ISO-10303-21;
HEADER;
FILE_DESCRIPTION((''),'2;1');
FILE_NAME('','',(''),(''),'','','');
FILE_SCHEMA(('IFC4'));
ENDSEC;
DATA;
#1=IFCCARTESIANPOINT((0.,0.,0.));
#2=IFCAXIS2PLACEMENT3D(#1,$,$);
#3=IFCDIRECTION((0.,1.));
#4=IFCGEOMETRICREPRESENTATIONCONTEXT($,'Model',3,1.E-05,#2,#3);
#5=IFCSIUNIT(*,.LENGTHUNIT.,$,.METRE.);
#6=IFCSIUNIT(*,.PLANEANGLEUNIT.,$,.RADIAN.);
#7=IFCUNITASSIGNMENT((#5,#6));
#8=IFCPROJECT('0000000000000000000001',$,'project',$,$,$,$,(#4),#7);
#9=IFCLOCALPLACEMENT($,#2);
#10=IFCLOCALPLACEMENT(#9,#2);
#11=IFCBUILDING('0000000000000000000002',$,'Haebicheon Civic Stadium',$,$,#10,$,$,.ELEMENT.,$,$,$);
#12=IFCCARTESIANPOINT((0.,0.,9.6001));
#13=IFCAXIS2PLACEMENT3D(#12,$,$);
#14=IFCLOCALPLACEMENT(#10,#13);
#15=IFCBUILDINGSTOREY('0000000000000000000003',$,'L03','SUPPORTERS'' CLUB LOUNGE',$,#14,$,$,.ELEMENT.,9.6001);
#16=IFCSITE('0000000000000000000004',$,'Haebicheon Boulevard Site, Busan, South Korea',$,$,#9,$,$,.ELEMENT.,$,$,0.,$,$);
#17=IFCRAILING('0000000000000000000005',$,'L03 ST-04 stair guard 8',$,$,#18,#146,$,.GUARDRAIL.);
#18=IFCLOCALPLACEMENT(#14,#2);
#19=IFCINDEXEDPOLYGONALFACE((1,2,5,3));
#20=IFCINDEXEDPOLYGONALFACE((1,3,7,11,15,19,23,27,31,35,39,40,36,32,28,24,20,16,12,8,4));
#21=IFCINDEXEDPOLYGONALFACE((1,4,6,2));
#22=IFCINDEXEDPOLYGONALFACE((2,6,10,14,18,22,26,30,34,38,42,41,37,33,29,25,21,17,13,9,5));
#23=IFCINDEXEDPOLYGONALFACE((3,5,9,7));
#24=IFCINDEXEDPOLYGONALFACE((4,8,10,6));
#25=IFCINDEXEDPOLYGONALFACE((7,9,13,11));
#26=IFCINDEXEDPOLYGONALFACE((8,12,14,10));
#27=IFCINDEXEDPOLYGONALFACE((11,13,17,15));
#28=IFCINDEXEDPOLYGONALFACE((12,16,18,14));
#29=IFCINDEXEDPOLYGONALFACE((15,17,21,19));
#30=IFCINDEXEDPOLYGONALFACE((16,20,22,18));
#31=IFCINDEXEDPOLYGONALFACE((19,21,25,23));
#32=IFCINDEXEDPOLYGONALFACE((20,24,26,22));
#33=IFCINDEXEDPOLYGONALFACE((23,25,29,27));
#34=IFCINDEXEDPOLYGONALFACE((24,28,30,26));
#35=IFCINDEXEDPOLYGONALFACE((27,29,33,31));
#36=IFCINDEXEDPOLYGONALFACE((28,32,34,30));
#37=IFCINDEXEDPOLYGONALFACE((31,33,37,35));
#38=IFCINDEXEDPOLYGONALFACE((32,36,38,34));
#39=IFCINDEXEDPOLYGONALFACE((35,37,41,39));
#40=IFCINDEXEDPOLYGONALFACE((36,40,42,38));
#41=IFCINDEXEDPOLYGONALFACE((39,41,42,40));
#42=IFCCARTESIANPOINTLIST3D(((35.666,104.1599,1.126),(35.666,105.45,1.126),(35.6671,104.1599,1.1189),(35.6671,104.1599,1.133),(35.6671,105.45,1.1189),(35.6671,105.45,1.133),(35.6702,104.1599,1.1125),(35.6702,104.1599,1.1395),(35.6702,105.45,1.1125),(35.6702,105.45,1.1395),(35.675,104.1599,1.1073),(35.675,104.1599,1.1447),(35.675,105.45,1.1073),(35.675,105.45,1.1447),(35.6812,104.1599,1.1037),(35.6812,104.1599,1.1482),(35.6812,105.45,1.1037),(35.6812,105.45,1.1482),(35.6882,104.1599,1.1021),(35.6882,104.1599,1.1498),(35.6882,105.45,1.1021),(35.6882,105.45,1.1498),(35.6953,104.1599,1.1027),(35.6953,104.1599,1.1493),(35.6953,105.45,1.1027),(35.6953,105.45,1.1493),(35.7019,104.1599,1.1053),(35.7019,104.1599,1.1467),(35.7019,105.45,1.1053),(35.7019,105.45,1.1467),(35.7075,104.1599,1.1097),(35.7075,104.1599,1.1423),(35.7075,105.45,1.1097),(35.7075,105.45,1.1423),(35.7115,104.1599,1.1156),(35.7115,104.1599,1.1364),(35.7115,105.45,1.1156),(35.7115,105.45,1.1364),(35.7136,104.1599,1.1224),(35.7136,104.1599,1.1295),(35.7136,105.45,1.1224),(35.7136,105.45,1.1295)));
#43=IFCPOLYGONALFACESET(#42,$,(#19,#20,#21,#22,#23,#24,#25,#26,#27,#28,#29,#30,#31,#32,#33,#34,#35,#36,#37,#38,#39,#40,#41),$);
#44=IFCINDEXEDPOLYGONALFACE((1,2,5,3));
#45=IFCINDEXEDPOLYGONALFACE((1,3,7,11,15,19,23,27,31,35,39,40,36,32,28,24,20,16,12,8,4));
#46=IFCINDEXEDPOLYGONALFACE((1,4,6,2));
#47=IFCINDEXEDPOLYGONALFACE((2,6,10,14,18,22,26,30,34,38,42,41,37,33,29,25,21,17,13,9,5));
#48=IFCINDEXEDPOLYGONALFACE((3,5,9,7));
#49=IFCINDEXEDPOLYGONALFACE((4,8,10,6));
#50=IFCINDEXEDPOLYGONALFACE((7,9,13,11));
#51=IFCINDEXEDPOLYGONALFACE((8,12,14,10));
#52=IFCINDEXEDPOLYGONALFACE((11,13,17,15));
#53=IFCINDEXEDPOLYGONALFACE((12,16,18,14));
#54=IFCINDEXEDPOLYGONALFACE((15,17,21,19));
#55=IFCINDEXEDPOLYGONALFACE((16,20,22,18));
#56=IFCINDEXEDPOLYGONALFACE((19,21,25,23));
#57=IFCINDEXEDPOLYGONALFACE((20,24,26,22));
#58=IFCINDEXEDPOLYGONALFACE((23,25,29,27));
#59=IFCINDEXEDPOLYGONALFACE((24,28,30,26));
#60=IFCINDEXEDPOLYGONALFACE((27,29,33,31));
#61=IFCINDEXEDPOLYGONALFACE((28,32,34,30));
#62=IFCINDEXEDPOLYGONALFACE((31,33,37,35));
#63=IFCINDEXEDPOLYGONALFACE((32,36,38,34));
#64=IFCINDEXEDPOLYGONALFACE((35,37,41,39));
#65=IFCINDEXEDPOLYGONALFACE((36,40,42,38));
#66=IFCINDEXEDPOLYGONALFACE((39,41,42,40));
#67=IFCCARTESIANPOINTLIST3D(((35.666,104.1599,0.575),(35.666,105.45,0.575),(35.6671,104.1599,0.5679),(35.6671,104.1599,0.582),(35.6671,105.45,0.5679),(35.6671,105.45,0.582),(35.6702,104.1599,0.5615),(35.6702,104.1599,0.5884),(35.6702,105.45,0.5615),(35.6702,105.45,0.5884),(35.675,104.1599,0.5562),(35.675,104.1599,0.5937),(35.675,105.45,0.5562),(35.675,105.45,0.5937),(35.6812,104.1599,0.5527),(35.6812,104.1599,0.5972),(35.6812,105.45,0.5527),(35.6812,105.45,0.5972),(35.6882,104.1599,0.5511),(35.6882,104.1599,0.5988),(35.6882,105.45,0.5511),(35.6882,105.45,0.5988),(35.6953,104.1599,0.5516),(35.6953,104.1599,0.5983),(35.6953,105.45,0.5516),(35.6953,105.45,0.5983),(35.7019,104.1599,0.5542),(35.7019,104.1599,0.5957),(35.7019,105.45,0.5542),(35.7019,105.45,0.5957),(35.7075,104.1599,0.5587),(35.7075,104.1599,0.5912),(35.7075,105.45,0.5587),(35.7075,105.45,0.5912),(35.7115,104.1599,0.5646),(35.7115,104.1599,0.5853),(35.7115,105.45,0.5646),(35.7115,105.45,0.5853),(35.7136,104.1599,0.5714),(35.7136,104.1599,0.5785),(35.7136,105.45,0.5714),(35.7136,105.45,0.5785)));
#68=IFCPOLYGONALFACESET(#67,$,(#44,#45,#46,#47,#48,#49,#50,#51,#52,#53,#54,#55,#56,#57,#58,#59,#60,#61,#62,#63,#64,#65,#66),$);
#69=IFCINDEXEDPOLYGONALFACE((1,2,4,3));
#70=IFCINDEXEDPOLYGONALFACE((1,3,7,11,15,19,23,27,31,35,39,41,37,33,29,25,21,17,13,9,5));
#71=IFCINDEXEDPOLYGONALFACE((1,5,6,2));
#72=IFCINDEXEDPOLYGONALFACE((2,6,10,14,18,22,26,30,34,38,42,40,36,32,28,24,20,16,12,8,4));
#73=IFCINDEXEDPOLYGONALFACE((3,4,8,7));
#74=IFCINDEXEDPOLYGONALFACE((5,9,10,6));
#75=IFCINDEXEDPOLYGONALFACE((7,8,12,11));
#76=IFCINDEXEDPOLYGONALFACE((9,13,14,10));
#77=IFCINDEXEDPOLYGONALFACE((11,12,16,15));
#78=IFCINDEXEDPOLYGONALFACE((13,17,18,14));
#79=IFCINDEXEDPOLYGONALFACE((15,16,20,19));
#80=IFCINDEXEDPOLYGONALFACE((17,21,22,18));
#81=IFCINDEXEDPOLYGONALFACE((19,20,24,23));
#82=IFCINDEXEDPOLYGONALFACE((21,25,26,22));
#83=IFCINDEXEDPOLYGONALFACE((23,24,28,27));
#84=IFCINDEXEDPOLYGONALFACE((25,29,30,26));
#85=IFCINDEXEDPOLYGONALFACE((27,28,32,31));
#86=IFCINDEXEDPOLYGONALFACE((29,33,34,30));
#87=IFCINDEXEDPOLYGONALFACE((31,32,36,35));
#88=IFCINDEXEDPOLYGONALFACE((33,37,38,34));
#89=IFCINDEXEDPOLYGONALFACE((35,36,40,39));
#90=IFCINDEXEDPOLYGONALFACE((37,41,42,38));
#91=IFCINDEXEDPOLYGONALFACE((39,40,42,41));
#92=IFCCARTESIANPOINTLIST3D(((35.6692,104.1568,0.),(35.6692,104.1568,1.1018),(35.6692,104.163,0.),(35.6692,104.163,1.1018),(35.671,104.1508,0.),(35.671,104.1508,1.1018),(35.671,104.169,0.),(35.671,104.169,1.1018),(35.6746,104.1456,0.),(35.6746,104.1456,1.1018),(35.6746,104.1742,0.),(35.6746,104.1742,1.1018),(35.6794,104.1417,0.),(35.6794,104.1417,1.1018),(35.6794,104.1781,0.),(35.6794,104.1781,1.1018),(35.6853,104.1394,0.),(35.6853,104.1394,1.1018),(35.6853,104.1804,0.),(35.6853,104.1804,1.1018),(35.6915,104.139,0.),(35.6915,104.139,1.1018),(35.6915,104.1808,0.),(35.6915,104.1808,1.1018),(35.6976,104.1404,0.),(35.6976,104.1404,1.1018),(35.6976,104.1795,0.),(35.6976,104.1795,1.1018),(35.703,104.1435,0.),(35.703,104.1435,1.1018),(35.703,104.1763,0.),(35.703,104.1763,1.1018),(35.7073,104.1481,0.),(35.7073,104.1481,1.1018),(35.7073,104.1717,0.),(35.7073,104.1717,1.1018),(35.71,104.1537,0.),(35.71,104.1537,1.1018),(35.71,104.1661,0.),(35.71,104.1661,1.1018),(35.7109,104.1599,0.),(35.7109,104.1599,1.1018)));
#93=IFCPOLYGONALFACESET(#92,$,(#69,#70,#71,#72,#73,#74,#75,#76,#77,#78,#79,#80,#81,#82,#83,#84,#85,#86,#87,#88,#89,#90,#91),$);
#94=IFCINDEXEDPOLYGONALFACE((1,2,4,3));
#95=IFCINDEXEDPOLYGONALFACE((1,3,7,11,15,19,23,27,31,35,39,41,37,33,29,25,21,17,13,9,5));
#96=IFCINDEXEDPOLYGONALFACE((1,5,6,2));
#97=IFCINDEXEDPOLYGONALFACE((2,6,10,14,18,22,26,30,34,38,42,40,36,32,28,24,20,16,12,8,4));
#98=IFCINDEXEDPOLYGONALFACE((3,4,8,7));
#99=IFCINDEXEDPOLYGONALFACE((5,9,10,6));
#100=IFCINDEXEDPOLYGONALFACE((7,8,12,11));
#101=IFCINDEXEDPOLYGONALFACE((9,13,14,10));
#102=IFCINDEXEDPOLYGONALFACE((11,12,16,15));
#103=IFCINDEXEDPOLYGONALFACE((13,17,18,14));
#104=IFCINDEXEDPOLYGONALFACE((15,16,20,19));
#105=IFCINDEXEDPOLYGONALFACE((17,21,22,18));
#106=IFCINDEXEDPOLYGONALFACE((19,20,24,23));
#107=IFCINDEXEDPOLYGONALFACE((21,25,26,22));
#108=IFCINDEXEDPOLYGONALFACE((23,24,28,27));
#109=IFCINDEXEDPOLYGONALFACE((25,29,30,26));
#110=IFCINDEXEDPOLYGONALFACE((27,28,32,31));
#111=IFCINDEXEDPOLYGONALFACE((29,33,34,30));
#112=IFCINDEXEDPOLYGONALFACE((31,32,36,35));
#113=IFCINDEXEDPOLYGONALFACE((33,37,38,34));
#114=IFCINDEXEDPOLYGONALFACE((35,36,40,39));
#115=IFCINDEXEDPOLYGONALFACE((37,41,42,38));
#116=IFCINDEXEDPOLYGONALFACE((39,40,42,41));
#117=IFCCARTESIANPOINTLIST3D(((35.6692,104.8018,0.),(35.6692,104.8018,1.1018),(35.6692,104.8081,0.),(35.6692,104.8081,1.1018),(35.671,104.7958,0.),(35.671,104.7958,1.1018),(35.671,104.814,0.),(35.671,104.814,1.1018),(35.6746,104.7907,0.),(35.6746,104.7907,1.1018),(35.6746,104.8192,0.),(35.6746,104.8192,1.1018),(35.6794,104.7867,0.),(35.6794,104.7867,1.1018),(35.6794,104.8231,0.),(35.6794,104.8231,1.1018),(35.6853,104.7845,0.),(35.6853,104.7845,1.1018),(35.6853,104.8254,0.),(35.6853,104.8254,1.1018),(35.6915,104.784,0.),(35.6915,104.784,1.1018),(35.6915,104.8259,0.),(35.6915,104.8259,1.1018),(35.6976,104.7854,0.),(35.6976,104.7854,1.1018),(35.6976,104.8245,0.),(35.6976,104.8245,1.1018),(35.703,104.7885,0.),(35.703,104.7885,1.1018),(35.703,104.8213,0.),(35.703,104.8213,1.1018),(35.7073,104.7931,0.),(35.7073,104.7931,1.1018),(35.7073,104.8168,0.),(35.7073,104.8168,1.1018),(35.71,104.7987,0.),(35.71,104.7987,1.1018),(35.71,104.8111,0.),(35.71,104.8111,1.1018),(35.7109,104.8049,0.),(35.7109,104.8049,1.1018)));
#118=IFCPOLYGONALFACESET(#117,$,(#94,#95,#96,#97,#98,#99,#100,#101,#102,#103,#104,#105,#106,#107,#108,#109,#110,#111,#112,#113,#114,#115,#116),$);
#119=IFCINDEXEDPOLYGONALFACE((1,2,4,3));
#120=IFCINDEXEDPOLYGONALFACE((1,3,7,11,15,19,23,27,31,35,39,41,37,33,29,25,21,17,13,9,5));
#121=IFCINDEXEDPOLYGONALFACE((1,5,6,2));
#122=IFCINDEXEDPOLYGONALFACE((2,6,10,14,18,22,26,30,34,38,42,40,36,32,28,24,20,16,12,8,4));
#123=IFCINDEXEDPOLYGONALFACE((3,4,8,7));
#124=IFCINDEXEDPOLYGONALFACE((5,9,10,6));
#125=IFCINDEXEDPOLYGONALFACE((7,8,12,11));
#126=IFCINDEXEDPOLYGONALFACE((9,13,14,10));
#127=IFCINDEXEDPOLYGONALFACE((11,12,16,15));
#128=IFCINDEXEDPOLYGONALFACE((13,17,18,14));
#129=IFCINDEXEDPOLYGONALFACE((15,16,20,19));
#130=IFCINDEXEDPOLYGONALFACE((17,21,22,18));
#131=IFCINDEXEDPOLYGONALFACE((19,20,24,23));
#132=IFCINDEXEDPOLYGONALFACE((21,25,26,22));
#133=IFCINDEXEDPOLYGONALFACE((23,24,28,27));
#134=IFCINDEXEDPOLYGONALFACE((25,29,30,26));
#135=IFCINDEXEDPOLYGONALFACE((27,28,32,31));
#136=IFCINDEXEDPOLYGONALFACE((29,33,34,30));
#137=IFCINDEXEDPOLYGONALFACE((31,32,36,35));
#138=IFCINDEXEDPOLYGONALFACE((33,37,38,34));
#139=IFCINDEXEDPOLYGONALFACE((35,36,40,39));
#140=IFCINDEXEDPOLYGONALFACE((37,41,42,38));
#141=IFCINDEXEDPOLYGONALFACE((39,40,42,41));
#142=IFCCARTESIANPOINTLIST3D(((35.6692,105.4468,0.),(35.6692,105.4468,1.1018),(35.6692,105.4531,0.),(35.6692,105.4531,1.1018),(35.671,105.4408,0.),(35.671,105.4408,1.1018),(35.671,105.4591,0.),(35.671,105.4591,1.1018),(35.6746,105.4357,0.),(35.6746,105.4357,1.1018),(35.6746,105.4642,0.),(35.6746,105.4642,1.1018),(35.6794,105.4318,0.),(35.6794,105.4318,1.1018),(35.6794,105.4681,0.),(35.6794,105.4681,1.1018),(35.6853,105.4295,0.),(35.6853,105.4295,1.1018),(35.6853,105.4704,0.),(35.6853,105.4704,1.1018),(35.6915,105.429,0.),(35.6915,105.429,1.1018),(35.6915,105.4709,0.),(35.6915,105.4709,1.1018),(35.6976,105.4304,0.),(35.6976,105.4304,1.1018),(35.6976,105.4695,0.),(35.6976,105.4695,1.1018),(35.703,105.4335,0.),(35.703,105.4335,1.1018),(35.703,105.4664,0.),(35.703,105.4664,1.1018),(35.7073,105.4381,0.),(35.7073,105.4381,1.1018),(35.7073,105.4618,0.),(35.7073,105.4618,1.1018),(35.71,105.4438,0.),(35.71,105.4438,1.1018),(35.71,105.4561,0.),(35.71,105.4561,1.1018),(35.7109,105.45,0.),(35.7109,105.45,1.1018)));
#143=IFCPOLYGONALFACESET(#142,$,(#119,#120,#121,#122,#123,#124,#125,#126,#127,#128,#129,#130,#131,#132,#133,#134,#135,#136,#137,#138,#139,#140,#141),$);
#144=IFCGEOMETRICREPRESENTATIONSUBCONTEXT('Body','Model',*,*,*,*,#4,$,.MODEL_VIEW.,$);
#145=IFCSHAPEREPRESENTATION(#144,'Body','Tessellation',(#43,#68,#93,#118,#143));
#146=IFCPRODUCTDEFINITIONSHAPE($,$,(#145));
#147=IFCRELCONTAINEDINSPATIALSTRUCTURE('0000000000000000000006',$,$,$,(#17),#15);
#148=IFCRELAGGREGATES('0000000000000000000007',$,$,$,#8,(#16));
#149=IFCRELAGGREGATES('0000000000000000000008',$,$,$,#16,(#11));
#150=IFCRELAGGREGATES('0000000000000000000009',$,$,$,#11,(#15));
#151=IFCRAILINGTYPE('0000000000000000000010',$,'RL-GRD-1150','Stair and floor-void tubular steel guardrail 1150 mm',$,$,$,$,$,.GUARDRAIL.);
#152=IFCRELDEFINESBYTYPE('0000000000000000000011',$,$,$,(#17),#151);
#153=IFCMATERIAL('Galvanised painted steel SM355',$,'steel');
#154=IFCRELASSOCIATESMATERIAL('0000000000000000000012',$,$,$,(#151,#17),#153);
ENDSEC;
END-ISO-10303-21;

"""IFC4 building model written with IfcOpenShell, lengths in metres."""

from ifc_helpers import new_model, si_unit, direction, frame, origin, origin_2d, place, context, subcontext, project, spatial, circle, extrude, material, type_object, element, save


model = new_model("IFC4")

# Units and contexts
model_context = context("Model", 3, precision=1e-05, world=origin(), true_north=direction((0.0, 1.0)))
body_context = subcontext(model_context, "Body", "Model", "MODEL_VIEW")
ifc_project = project(units=[si_unit("LENGTHUNIT", "METRE"), si_unit("PLANEANGLEUNIT", "RADIAN")], contexts=[model_context])

# Site, building, storey
site_placement = place(None, origin())
site = spatial("IfcSite", under=ifc_project, at=site_placement, Name="Haebicheon Boulevard Site, Busan, South Korea", CompositionType="ELEMENT", RefElevation=0.0)
building_placement = place(site_placement, origin())
building = spatial("IfcBuilding", under=site, at=building_placement, Name="Haebicheon Civic Stadium", CompositionType="ELEMENT")
storey_placement = place(building_placement, frame((0.0, 0.0, 9.6001)))
storey = spatial("IfcBuildingStorey", under=building, at=storey_placement, Name="L03", Description="SUPPORTERS' CLUB LOUNGE", CompositionType="ELEMENT", Elevation=9.6001)

# Railing
ifc_material_1 = material(Name="Galvanised painted steel SM355", Category="steel")
railing_type_1 = type_object("IfcRailingType", Name="RL-GRD-1150", Description="Stair and floor-void tubular steel guardrail 1150 mm", PredefinedType="GUARDRAIL", material=ifc_material_1)
for number, where, name in (
    (1, (35.6899, 104.1599, 0.0), "L03 ST-04 stair guard 8"),
):
    element("IfcRailing", number, at=place(storey_placement, frame(where)), inside=storey, type_object=railing_type_1, material=ifc_material_1, Name=name, PredefinedType="GUARDRAIL", context=body_context, shape_type="SweptSolid", body=[
        extrude(circle(Radius=0.0239, at=origin_2d()), frame((0.0, 0.0, 1.126), z_axis=(0.0, 1.0, 0.0), x_axis=(-1.0, 0.0, 0.0)), (0.0, 0.0, 1.0), 1.29),
        extrude(circle(Radius=0.0239, at=origin_2d()), frame((0.0, 0.0, 0.575), z_axis=(0.0, 1.0, 0.0), x_axis=(-1.0, 0.0, 0.0)), (0.0, 0.0, 1.0), 1.29),
        extrude(circle(Radius=0.021, at=origin_2d()), origin(), (0.0, 0.0, 1.0), 1.1018),
        extrude(circle(Radius=0.021, at=origin_2d()), frame((0.0, 0.645, 0.0)), (0.0, 0.0, 1.0), 1.1018),
        extrude(circle(Radius=0.021, at=origin_2d()), frame((0.0, 1.29, 0.0)), (0.0, 0.0, 1.0), 1.1018),
    ])

save(model, "model.ifc")
